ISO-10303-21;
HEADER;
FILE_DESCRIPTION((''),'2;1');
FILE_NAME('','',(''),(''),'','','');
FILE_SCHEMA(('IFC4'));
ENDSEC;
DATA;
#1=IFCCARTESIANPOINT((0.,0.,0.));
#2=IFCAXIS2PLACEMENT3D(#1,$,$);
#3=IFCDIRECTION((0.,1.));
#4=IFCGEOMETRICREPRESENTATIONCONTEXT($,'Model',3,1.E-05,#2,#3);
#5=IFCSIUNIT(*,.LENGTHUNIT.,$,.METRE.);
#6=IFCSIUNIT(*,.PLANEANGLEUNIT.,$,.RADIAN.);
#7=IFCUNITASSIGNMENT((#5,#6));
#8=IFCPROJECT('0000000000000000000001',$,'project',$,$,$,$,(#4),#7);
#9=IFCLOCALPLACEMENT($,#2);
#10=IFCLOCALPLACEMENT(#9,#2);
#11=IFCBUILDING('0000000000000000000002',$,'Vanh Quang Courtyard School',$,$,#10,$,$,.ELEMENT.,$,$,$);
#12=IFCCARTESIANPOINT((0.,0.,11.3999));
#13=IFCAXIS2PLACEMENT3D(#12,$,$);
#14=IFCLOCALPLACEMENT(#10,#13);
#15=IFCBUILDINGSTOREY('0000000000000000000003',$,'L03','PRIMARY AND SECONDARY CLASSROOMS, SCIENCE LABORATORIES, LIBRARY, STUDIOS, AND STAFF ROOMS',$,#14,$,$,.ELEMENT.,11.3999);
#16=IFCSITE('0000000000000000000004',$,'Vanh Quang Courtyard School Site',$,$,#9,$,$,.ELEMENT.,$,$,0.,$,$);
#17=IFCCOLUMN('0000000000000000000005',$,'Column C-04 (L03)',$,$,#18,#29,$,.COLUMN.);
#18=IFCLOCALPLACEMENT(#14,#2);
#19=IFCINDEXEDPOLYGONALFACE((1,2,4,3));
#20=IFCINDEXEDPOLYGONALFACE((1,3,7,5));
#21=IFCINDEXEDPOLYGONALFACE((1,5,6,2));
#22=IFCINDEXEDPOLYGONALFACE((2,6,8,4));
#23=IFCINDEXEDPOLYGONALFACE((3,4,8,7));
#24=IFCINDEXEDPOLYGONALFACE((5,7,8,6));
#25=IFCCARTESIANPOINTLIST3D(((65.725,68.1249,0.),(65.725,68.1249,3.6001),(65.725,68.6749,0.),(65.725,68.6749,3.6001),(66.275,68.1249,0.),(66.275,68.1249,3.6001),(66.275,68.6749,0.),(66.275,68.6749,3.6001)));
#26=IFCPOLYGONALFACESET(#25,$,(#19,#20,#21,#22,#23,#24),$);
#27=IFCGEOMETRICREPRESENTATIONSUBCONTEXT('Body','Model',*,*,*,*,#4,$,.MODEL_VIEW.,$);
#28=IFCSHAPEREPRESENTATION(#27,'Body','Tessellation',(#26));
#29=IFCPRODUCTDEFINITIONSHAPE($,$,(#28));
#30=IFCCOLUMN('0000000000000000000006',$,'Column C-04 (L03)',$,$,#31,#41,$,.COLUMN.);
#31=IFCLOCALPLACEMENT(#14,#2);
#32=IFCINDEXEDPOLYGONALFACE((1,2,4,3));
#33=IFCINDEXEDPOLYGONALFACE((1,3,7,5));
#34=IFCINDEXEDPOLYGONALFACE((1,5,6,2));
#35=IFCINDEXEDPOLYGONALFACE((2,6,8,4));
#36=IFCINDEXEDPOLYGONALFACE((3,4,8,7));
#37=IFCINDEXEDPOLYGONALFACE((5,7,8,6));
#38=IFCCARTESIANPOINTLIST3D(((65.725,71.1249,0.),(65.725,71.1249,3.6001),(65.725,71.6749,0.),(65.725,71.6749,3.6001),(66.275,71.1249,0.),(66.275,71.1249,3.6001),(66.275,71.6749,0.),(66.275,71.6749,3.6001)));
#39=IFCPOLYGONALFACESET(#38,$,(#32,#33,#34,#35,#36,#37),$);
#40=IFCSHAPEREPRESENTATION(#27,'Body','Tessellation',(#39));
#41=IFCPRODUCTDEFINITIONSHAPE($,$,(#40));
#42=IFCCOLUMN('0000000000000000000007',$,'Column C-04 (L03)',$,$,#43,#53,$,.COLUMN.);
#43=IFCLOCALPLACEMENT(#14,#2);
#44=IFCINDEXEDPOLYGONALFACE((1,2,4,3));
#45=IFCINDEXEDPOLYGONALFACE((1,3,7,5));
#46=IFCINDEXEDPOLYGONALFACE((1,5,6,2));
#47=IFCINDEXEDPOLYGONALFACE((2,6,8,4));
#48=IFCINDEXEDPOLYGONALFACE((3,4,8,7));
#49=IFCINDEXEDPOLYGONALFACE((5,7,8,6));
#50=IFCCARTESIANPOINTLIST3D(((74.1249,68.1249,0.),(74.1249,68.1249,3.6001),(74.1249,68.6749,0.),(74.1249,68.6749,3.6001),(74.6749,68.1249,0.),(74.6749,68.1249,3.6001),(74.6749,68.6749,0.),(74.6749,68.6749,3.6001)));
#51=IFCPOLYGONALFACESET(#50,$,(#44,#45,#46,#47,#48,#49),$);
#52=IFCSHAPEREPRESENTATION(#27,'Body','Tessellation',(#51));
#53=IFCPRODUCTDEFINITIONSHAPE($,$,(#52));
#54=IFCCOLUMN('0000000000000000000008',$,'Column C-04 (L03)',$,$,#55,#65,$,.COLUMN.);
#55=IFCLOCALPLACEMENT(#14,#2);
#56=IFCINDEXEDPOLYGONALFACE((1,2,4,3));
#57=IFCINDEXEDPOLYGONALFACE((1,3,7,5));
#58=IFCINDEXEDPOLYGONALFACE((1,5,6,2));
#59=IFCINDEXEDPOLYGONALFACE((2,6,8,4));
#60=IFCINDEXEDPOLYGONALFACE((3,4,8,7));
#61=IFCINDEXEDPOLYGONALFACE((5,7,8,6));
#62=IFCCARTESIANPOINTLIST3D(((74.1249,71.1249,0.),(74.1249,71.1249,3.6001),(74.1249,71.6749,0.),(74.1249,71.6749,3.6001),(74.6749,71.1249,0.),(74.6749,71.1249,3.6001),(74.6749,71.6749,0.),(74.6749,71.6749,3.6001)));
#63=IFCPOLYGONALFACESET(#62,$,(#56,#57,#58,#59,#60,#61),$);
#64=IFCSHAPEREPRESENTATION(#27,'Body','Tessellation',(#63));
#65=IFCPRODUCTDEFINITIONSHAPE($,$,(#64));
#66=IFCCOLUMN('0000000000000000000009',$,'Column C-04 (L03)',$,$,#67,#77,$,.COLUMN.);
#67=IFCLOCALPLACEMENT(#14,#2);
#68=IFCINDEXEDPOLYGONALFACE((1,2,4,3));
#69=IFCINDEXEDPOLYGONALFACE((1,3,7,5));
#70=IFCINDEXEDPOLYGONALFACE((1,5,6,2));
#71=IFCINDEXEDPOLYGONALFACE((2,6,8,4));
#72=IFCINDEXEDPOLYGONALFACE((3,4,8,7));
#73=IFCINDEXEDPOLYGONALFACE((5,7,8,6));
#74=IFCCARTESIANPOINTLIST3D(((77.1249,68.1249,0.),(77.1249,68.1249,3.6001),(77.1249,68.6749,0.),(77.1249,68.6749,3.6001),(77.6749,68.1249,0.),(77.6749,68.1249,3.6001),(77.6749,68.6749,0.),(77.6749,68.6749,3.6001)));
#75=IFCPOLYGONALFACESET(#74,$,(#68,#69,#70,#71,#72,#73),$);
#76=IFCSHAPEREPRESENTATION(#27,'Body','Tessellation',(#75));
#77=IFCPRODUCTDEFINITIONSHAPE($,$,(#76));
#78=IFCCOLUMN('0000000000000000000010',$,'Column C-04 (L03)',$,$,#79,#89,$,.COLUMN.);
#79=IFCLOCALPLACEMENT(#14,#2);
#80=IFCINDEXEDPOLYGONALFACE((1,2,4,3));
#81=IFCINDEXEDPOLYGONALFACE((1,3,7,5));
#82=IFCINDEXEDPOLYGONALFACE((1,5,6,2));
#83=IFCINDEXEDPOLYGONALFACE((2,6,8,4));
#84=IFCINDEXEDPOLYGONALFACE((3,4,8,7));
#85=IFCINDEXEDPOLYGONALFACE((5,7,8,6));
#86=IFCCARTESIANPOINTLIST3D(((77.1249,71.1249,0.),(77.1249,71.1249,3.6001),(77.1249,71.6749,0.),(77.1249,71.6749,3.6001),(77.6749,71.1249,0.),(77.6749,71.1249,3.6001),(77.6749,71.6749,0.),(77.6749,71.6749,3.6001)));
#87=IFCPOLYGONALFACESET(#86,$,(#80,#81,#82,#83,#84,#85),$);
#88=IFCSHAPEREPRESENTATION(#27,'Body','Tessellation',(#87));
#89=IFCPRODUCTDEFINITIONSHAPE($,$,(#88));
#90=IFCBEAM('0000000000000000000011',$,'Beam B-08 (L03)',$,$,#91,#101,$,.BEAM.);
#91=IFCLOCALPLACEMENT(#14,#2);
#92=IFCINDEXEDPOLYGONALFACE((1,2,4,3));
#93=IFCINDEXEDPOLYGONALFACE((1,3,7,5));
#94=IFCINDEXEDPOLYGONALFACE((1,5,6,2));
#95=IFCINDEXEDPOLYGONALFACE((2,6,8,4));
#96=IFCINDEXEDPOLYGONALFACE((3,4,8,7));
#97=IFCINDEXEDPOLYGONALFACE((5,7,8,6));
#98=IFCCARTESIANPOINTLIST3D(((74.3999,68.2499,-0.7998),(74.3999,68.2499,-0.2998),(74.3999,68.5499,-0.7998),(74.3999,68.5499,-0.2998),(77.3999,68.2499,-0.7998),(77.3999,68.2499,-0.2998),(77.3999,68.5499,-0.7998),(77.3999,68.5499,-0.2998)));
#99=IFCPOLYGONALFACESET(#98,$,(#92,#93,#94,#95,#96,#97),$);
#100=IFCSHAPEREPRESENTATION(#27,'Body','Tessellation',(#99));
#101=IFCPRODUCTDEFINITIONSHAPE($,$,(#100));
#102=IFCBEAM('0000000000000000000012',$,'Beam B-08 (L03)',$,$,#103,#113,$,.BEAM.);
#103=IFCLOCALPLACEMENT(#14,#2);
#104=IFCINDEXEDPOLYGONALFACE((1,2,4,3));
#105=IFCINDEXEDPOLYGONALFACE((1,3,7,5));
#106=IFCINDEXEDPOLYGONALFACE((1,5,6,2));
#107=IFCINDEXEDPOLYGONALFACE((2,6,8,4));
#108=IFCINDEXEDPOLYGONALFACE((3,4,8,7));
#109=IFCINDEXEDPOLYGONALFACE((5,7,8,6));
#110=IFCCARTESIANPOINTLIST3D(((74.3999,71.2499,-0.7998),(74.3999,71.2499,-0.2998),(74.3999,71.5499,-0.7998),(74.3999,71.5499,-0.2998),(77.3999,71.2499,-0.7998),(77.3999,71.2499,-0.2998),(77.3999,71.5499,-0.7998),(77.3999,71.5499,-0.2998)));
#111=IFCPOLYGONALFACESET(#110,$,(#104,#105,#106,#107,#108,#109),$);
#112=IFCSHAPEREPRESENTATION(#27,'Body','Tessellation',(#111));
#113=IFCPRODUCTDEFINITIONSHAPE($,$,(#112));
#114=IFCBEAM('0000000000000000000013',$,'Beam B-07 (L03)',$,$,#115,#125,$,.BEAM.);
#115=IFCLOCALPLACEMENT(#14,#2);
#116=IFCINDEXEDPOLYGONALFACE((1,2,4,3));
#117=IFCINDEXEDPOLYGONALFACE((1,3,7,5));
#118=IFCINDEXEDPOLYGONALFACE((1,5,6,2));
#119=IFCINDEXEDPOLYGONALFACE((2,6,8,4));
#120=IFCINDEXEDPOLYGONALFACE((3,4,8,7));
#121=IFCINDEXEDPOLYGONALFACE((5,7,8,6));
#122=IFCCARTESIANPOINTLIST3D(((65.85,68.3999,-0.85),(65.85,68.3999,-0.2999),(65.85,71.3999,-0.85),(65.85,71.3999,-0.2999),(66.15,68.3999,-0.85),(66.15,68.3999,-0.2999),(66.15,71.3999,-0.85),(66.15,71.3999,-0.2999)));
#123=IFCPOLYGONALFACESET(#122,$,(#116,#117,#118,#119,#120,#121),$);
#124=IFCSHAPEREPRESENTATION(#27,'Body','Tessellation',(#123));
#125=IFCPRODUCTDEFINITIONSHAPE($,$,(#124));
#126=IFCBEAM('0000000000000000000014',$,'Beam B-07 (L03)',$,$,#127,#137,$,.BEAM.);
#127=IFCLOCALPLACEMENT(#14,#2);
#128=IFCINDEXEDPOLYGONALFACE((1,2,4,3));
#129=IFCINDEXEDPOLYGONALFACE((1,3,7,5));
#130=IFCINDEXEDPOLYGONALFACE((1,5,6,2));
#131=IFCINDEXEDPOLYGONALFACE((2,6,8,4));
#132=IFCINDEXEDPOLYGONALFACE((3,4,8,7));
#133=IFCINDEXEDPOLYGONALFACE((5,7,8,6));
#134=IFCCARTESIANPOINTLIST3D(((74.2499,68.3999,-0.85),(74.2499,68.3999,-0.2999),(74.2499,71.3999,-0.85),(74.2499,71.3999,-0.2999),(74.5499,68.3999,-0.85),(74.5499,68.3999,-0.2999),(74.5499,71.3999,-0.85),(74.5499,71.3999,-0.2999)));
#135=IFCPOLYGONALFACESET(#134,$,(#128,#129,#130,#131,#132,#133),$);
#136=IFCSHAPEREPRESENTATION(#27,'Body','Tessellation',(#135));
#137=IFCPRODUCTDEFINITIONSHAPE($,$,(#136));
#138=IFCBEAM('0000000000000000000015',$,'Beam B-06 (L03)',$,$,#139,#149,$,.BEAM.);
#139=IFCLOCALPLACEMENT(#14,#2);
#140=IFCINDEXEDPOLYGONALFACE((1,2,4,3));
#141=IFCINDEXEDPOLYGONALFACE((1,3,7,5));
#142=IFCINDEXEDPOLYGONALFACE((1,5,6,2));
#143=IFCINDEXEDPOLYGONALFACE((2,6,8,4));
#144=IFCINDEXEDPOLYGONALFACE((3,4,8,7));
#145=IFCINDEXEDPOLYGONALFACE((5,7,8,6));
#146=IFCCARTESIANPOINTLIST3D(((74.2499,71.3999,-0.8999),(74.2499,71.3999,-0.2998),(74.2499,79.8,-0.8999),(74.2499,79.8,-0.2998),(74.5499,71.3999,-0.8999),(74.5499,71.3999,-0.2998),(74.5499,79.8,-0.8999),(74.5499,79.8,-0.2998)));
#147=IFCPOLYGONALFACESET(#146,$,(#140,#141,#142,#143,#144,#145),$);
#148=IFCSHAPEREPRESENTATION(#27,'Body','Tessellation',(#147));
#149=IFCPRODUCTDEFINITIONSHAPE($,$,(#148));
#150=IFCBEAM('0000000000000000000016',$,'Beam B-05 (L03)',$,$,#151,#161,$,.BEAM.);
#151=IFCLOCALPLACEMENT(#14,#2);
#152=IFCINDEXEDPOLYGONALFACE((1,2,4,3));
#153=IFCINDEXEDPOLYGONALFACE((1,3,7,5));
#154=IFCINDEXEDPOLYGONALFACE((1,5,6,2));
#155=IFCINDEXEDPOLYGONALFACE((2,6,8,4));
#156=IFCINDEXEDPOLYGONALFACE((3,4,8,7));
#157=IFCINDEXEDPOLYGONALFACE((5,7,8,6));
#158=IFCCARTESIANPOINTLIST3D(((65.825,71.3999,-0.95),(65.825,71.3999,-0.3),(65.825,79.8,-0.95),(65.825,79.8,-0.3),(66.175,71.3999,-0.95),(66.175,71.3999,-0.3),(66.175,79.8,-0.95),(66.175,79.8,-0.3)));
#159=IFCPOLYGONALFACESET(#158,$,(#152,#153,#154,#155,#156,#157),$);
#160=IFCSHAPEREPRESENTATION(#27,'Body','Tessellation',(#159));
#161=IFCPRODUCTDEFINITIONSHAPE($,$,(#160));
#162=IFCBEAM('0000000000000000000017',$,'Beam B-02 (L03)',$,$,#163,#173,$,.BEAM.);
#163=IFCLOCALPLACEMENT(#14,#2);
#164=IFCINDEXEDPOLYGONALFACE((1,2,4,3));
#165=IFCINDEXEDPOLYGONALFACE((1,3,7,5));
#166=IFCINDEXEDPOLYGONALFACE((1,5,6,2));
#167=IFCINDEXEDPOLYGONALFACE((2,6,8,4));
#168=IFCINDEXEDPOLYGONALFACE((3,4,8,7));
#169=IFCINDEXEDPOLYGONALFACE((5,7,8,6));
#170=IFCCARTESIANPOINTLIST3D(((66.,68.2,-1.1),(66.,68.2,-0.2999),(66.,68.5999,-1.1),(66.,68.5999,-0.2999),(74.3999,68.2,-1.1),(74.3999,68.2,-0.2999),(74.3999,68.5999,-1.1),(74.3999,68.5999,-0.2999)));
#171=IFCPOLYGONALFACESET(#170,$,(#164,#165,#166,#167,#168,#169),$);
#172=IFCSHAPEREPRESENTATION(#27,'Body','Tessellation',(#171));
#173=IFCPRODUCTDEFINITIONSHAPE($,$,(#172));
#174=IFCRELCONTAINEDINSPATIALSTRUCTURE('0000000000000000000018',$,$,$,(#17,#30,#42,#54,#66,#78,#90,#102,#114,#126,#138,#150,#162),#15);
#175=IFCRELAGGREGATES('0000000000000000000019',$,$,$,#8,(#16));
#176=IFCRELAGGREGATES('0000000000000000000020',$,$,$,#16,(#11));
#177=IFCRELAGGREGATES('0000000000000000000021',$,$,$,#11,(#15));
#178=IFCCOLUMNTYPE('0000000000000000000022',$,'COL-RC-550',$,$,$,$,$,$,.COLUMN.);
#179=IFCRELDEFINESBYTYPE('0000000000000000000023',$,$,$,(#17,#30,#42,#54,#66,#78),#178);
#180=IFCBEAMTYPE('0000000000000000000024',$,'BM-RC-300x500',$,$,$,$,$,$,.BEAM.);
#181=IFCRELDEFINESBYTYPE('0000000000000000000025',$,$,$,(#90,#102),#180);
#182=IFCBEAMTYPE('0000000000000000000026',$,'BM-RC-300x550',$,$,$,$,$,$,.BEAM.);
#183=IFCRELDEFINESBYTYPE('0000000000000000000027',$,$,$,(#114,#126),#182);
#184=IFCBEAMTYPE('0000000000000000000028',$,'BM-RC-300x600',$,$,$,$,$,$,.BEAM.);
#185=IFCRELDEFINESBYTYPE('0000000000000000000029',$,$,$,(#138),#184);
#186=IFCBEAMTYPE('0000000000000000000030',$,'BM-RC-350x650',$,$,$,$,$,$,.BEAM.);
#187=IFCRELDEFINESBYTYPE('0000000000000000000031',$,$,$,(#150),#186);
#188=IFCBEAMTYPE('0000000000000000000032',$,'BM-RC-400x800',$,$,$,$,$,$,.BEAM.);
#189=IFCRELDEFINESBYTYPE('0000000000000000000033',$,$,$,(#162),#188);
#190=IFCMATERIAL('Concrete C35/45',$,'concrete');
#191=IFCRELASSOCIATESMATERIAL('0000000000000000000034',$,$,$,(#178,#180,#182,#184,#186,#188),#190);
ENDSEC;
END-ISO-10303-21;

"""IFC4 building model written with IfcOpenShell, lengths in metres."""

from ifc_helpers import new_model, si_unit, direction, frame, origin, origin_2d, place, context, subcontext, project, spatial, rectangle, extrude, material, material_profile, profile_set, type_object, element, save


model = new_model("IFC4")

# Units and contexts
model_context = context("Model", 3, precision=1e-05, world=origin(), true_north=direction((0.0, 1.0)))
body_context = subcontext(model_context, "Body", "Model", "MODEL_VIEW")
ifc_project = project(units=[si_unit("LENGTHUNIT", "METRE"), si_unit("PLANEANGLEUNIT", "RADIAN")], contexts=[model_context])

# Site, building, storey
site_placement = place(None, origin())
site = spatial("IfcSite", under=ifc_project, at=site_placement, Name="Vanh Quang Courtyard School Site", CompositionType="ELEMENT", RefElevation=0.0)
building_placement = place(site_placement, origin())
building = spatial("IfcBuilding", under=site, at=building_placement, Name="Vanh Quang Courtyard School", CompositionType="ELEMENT")
storey_placement = place(building_placement, frame((0.0, 0.0, 11.3999)))
storey = spatial("IfcBuildingStorey", under=building, at=storey_placement, Name="L03", Description="PRIMARY AND SECONDARY CLASSROOMS, SCIENCE LABORATORIES, LIBRARY, STUDIOS, AND STAFF ROOMS", CompositionType="ELEMENT", Elevation=11.3999)

# Columns
ifc_material_1 = material(Name="Concrete C35/45", Category="concrete")
ifc_material_profile_1 = material_profile(ifc_material_1, rectangle(XDim=0.55, YDim=0.55, at=origin_2d()), Name="RC-COL 550x550")
ifc_profile_set_1 = profile_set([ifc_material_profile_1], Name="Concrete C35/45")
column_type = type_object("IfcColumnType", Name="COL-RC-550", PredefinedType="COLUMN", material=ifc_profile_set_1)
for number, where, z_axis, x_axis, name in (
    (1, (66.0, 68.3999, 0.0), (0.0, 0.0, 1.0), (1.0, 0.0, 0.0), "Column C-04 (L03)"),
    (2, (66.0, 71.3999, 0.0), (0.0, 0.0, 1.0), (1.0, 0.0, 0.0), "Column C-04 (L03)"),
    (3, (74.3999, 68.3999, 0.0), (0.0, 0.0, 1.0), (1.0, 0.0, 0.0), "Column C-04 (L03)"),
    (4, (74.3999, 71.3999, 0.0), (0.0, 0.0, 1.0), (1.0, 0.0, 0.0), "Column C-04 (L03)"),
    (5, (77.3999, 68.3999, 0.0), (0.0, 0.0, 1.0), (1.0, 0.0, 0.0), "Column C-04 (L03)"),
    (6, (77.3999, 71.3999, 0.0), (0.0, 0.0, 1.0), (1.0, 0.0, 0.0), "Column C-04 (L03)"),
):
    element("IfcColumn", number, at=place(storey_placement, frame(where, z_axis=z_axis, x_axis=x_axis)), inside=storey, type_object=column_type, Name=name, PredefinedType="COLUMN", context=body_context, shape_type="SweptSolid", body=[
        extrude(rectangle(XDim=0.55, YDim=0.55, at=origin_2d()), origin(), (0.0, 0.0, 1.0), 3.6001),
    ])

# Beams
ifc_material_profile_2 = material_profile(ifc_material_1, rectangle(XDim=0.3, YDim=0.5, at=origin_2d()), Name="RC-BM 300x500")
ifc_profile_set_2 = profile_set([ifc_material_profile_2], Name="Concrete C35/45")
beam_type_1 = type_object("IfcBeamType", Name="BM-RC-300x500", PredefinedType="BEAM", material=ifc_profile_set_2)
for number, where, z_axis, x_axis, name in (
    (7, (74.3999, 68.3999, -0.5498), (1.0, 0.0, 0.0), (0.0, 1.0, 0.0), "Beam B-08 (L03)"),
    (8, (74.3999, 71.3999, -0.5498), (1.0, 0.0, 0.0), (0.0, 1.0, 0.0), "Beam B-08 (L03)"),
):
    element("IfcBeam", number, at=place(storey_placement, frame(where, z_axis=z_axis, x_axis=x_axis)), inside=storey, type_object=beam_type_1, Name=name, PredefinedType="BEAM", context=body_context, shape_type="SweptSolid", body=[
        extrude(rectangle(XDim=0.3, YDim=0.5, at=origin_2d()), origin(), (0.0, 0.0, 1.0), 3.0),
    ])
ifc_material_profile_3 = material_profile(ifc_material_1, rectangle(XDim=0.3, YDim=0.55, at=origin_2d()), Name="RC-BM 300x550")
ifc_profile_set_3 = profile_set([ifc_material_profile_3], Name="Concrete C35/45")
beam_type_2 = type_object("IfcBeamType", Name="BM-RC-300x550", PredefinedType="BEAM", material=ifc_profile_set_3)
for number, where, z_axis, x_axis, name in (
    (9, (66.0, 68.3999, -0.575), (0.0, 1.0, 0.0), (-1.0, 0.0, 0.0), "Beam B-07 (L03)"),
    (10, (74.3999, 68.3999, -0.575), (0.0, 1.0, 0.0), (-1.0, 0.0, 0.0), "Beam B-07 (L03)"),
):
    element("IfcBeam", number, at=place(storey_placement, frame(where, z_axis=z_axis, x_axis=x_axis)), inside=storey, type_object=beam_type_2, Name=name, PredefinedType="BEAM", context=body_context, shape_type="SweptSolid", body=[
        extrude(rectangle(XDim=0.3, YDim=0.55, at=origin_2d()), origin(), (0.0, 0.0, 1.0), 3.0),
    ])
ifc_material_profile_4 = material_profile(ifc_material_1, rectangle(XDim=0.3, YDim=0.6001, at=origin_2d()), Name="RC-BM 300x600")
ifc_profile_set_4 = profile_set([ifc_material_profile_4], Name="Concrete C35/45")
beam_type_3 = type_object("IfcBeamType", Name="BM-RC-300x600", PredefinedType="BEAM", material=ifc_profile_set_4)
beam_1_placement = place(storey_placement, frame((74.3999, 71.3999, -0.5999), z_axis=(0.0, 1.0, 0.0), x_axis=(-1.0, 0.0, 0.0)))
element("IfcBeam", 11, at=beam_1_placement, inside=storey, type_object=beam_type_3, Name="Beam B-06 (L03)", PredefinedType="BEAM", context=body_context, shape_type="SweptSolid", body=[
    extrude(rectangle(XDim=0.3, YDim=0.6001, at=origin_2d()), origin(), (0.0, 0.0, 1.0), 8.4001),
])
ifc_material_profile_5 = material_profile(ifc_material_1, rectangle(XDim=0.3501, YDim=0.6499, at=origin_2d()), Name="RC-BM 350x650")
ifc_profile_set_5 = profile_set([ifc_material_profile_5], Name="Concrete C35/45")
beam_type_4 = type_object("IfcBeamType", Name="BM-RC-350x650", PredefinedType="BEAM", material=ifc_profile_set_5)
beam_2_placement = place(storey_placement, frame((66.0, 71.3999, -0.625), z_axis=(0.0, 1.0, 0.0), x_axis=(-1.0, 0.0, 0.0)))
element("IfcBeam", 12, at=beam_2_placement, inside=storey, type_object=beam_type_4, Name="Beam B-05 (L03)", PredefinedType="BEAM", context=body_context, shape_type="SweptSolid", body=[
    extrude(rectangle(XDim=0.3501, YDim=0.6499, at=origin_2d()), origin(), (0.0, 0.0, 1.0), 8.4001),
])
ifc_material_profile_6 = material_profile(ifc_material_1, rectangle(XDim=0.3999, YDim=0.8, at=origin_2d()), Name="RC-BM 400x800")
ifc_profile_set_6 = profile_set([ifc_material_profile_6], Name="Concrete C35/45")
beam_type_5 = type_object("IfcBeamType", Name="BM-RC-400x800", PredefinedType="BEAM", material=ifc_profile_set_6)
beam_3_placement = place(storey_placement, frame((66.0, 68.3999, -0.7), z_axis=(1.0, 0.0, 0.0), x_axis=(0.0, 1.0, 0.0)))
element("IfcBeam", 13, at=beam_3_placement, inside=storey, type_object=beam_type_5, Name="Beam B-02 (L03)", PredefinedType="BEAM", context=body_context, shape_type="SweptSolid", body=[
    extrude(rectangle(XDim=0.3999, YDim=0.8, at=origin_2d()), origin(), (0.0, 0.0, 1.0), 8.3999),
])

save(model, "model.ifc")
